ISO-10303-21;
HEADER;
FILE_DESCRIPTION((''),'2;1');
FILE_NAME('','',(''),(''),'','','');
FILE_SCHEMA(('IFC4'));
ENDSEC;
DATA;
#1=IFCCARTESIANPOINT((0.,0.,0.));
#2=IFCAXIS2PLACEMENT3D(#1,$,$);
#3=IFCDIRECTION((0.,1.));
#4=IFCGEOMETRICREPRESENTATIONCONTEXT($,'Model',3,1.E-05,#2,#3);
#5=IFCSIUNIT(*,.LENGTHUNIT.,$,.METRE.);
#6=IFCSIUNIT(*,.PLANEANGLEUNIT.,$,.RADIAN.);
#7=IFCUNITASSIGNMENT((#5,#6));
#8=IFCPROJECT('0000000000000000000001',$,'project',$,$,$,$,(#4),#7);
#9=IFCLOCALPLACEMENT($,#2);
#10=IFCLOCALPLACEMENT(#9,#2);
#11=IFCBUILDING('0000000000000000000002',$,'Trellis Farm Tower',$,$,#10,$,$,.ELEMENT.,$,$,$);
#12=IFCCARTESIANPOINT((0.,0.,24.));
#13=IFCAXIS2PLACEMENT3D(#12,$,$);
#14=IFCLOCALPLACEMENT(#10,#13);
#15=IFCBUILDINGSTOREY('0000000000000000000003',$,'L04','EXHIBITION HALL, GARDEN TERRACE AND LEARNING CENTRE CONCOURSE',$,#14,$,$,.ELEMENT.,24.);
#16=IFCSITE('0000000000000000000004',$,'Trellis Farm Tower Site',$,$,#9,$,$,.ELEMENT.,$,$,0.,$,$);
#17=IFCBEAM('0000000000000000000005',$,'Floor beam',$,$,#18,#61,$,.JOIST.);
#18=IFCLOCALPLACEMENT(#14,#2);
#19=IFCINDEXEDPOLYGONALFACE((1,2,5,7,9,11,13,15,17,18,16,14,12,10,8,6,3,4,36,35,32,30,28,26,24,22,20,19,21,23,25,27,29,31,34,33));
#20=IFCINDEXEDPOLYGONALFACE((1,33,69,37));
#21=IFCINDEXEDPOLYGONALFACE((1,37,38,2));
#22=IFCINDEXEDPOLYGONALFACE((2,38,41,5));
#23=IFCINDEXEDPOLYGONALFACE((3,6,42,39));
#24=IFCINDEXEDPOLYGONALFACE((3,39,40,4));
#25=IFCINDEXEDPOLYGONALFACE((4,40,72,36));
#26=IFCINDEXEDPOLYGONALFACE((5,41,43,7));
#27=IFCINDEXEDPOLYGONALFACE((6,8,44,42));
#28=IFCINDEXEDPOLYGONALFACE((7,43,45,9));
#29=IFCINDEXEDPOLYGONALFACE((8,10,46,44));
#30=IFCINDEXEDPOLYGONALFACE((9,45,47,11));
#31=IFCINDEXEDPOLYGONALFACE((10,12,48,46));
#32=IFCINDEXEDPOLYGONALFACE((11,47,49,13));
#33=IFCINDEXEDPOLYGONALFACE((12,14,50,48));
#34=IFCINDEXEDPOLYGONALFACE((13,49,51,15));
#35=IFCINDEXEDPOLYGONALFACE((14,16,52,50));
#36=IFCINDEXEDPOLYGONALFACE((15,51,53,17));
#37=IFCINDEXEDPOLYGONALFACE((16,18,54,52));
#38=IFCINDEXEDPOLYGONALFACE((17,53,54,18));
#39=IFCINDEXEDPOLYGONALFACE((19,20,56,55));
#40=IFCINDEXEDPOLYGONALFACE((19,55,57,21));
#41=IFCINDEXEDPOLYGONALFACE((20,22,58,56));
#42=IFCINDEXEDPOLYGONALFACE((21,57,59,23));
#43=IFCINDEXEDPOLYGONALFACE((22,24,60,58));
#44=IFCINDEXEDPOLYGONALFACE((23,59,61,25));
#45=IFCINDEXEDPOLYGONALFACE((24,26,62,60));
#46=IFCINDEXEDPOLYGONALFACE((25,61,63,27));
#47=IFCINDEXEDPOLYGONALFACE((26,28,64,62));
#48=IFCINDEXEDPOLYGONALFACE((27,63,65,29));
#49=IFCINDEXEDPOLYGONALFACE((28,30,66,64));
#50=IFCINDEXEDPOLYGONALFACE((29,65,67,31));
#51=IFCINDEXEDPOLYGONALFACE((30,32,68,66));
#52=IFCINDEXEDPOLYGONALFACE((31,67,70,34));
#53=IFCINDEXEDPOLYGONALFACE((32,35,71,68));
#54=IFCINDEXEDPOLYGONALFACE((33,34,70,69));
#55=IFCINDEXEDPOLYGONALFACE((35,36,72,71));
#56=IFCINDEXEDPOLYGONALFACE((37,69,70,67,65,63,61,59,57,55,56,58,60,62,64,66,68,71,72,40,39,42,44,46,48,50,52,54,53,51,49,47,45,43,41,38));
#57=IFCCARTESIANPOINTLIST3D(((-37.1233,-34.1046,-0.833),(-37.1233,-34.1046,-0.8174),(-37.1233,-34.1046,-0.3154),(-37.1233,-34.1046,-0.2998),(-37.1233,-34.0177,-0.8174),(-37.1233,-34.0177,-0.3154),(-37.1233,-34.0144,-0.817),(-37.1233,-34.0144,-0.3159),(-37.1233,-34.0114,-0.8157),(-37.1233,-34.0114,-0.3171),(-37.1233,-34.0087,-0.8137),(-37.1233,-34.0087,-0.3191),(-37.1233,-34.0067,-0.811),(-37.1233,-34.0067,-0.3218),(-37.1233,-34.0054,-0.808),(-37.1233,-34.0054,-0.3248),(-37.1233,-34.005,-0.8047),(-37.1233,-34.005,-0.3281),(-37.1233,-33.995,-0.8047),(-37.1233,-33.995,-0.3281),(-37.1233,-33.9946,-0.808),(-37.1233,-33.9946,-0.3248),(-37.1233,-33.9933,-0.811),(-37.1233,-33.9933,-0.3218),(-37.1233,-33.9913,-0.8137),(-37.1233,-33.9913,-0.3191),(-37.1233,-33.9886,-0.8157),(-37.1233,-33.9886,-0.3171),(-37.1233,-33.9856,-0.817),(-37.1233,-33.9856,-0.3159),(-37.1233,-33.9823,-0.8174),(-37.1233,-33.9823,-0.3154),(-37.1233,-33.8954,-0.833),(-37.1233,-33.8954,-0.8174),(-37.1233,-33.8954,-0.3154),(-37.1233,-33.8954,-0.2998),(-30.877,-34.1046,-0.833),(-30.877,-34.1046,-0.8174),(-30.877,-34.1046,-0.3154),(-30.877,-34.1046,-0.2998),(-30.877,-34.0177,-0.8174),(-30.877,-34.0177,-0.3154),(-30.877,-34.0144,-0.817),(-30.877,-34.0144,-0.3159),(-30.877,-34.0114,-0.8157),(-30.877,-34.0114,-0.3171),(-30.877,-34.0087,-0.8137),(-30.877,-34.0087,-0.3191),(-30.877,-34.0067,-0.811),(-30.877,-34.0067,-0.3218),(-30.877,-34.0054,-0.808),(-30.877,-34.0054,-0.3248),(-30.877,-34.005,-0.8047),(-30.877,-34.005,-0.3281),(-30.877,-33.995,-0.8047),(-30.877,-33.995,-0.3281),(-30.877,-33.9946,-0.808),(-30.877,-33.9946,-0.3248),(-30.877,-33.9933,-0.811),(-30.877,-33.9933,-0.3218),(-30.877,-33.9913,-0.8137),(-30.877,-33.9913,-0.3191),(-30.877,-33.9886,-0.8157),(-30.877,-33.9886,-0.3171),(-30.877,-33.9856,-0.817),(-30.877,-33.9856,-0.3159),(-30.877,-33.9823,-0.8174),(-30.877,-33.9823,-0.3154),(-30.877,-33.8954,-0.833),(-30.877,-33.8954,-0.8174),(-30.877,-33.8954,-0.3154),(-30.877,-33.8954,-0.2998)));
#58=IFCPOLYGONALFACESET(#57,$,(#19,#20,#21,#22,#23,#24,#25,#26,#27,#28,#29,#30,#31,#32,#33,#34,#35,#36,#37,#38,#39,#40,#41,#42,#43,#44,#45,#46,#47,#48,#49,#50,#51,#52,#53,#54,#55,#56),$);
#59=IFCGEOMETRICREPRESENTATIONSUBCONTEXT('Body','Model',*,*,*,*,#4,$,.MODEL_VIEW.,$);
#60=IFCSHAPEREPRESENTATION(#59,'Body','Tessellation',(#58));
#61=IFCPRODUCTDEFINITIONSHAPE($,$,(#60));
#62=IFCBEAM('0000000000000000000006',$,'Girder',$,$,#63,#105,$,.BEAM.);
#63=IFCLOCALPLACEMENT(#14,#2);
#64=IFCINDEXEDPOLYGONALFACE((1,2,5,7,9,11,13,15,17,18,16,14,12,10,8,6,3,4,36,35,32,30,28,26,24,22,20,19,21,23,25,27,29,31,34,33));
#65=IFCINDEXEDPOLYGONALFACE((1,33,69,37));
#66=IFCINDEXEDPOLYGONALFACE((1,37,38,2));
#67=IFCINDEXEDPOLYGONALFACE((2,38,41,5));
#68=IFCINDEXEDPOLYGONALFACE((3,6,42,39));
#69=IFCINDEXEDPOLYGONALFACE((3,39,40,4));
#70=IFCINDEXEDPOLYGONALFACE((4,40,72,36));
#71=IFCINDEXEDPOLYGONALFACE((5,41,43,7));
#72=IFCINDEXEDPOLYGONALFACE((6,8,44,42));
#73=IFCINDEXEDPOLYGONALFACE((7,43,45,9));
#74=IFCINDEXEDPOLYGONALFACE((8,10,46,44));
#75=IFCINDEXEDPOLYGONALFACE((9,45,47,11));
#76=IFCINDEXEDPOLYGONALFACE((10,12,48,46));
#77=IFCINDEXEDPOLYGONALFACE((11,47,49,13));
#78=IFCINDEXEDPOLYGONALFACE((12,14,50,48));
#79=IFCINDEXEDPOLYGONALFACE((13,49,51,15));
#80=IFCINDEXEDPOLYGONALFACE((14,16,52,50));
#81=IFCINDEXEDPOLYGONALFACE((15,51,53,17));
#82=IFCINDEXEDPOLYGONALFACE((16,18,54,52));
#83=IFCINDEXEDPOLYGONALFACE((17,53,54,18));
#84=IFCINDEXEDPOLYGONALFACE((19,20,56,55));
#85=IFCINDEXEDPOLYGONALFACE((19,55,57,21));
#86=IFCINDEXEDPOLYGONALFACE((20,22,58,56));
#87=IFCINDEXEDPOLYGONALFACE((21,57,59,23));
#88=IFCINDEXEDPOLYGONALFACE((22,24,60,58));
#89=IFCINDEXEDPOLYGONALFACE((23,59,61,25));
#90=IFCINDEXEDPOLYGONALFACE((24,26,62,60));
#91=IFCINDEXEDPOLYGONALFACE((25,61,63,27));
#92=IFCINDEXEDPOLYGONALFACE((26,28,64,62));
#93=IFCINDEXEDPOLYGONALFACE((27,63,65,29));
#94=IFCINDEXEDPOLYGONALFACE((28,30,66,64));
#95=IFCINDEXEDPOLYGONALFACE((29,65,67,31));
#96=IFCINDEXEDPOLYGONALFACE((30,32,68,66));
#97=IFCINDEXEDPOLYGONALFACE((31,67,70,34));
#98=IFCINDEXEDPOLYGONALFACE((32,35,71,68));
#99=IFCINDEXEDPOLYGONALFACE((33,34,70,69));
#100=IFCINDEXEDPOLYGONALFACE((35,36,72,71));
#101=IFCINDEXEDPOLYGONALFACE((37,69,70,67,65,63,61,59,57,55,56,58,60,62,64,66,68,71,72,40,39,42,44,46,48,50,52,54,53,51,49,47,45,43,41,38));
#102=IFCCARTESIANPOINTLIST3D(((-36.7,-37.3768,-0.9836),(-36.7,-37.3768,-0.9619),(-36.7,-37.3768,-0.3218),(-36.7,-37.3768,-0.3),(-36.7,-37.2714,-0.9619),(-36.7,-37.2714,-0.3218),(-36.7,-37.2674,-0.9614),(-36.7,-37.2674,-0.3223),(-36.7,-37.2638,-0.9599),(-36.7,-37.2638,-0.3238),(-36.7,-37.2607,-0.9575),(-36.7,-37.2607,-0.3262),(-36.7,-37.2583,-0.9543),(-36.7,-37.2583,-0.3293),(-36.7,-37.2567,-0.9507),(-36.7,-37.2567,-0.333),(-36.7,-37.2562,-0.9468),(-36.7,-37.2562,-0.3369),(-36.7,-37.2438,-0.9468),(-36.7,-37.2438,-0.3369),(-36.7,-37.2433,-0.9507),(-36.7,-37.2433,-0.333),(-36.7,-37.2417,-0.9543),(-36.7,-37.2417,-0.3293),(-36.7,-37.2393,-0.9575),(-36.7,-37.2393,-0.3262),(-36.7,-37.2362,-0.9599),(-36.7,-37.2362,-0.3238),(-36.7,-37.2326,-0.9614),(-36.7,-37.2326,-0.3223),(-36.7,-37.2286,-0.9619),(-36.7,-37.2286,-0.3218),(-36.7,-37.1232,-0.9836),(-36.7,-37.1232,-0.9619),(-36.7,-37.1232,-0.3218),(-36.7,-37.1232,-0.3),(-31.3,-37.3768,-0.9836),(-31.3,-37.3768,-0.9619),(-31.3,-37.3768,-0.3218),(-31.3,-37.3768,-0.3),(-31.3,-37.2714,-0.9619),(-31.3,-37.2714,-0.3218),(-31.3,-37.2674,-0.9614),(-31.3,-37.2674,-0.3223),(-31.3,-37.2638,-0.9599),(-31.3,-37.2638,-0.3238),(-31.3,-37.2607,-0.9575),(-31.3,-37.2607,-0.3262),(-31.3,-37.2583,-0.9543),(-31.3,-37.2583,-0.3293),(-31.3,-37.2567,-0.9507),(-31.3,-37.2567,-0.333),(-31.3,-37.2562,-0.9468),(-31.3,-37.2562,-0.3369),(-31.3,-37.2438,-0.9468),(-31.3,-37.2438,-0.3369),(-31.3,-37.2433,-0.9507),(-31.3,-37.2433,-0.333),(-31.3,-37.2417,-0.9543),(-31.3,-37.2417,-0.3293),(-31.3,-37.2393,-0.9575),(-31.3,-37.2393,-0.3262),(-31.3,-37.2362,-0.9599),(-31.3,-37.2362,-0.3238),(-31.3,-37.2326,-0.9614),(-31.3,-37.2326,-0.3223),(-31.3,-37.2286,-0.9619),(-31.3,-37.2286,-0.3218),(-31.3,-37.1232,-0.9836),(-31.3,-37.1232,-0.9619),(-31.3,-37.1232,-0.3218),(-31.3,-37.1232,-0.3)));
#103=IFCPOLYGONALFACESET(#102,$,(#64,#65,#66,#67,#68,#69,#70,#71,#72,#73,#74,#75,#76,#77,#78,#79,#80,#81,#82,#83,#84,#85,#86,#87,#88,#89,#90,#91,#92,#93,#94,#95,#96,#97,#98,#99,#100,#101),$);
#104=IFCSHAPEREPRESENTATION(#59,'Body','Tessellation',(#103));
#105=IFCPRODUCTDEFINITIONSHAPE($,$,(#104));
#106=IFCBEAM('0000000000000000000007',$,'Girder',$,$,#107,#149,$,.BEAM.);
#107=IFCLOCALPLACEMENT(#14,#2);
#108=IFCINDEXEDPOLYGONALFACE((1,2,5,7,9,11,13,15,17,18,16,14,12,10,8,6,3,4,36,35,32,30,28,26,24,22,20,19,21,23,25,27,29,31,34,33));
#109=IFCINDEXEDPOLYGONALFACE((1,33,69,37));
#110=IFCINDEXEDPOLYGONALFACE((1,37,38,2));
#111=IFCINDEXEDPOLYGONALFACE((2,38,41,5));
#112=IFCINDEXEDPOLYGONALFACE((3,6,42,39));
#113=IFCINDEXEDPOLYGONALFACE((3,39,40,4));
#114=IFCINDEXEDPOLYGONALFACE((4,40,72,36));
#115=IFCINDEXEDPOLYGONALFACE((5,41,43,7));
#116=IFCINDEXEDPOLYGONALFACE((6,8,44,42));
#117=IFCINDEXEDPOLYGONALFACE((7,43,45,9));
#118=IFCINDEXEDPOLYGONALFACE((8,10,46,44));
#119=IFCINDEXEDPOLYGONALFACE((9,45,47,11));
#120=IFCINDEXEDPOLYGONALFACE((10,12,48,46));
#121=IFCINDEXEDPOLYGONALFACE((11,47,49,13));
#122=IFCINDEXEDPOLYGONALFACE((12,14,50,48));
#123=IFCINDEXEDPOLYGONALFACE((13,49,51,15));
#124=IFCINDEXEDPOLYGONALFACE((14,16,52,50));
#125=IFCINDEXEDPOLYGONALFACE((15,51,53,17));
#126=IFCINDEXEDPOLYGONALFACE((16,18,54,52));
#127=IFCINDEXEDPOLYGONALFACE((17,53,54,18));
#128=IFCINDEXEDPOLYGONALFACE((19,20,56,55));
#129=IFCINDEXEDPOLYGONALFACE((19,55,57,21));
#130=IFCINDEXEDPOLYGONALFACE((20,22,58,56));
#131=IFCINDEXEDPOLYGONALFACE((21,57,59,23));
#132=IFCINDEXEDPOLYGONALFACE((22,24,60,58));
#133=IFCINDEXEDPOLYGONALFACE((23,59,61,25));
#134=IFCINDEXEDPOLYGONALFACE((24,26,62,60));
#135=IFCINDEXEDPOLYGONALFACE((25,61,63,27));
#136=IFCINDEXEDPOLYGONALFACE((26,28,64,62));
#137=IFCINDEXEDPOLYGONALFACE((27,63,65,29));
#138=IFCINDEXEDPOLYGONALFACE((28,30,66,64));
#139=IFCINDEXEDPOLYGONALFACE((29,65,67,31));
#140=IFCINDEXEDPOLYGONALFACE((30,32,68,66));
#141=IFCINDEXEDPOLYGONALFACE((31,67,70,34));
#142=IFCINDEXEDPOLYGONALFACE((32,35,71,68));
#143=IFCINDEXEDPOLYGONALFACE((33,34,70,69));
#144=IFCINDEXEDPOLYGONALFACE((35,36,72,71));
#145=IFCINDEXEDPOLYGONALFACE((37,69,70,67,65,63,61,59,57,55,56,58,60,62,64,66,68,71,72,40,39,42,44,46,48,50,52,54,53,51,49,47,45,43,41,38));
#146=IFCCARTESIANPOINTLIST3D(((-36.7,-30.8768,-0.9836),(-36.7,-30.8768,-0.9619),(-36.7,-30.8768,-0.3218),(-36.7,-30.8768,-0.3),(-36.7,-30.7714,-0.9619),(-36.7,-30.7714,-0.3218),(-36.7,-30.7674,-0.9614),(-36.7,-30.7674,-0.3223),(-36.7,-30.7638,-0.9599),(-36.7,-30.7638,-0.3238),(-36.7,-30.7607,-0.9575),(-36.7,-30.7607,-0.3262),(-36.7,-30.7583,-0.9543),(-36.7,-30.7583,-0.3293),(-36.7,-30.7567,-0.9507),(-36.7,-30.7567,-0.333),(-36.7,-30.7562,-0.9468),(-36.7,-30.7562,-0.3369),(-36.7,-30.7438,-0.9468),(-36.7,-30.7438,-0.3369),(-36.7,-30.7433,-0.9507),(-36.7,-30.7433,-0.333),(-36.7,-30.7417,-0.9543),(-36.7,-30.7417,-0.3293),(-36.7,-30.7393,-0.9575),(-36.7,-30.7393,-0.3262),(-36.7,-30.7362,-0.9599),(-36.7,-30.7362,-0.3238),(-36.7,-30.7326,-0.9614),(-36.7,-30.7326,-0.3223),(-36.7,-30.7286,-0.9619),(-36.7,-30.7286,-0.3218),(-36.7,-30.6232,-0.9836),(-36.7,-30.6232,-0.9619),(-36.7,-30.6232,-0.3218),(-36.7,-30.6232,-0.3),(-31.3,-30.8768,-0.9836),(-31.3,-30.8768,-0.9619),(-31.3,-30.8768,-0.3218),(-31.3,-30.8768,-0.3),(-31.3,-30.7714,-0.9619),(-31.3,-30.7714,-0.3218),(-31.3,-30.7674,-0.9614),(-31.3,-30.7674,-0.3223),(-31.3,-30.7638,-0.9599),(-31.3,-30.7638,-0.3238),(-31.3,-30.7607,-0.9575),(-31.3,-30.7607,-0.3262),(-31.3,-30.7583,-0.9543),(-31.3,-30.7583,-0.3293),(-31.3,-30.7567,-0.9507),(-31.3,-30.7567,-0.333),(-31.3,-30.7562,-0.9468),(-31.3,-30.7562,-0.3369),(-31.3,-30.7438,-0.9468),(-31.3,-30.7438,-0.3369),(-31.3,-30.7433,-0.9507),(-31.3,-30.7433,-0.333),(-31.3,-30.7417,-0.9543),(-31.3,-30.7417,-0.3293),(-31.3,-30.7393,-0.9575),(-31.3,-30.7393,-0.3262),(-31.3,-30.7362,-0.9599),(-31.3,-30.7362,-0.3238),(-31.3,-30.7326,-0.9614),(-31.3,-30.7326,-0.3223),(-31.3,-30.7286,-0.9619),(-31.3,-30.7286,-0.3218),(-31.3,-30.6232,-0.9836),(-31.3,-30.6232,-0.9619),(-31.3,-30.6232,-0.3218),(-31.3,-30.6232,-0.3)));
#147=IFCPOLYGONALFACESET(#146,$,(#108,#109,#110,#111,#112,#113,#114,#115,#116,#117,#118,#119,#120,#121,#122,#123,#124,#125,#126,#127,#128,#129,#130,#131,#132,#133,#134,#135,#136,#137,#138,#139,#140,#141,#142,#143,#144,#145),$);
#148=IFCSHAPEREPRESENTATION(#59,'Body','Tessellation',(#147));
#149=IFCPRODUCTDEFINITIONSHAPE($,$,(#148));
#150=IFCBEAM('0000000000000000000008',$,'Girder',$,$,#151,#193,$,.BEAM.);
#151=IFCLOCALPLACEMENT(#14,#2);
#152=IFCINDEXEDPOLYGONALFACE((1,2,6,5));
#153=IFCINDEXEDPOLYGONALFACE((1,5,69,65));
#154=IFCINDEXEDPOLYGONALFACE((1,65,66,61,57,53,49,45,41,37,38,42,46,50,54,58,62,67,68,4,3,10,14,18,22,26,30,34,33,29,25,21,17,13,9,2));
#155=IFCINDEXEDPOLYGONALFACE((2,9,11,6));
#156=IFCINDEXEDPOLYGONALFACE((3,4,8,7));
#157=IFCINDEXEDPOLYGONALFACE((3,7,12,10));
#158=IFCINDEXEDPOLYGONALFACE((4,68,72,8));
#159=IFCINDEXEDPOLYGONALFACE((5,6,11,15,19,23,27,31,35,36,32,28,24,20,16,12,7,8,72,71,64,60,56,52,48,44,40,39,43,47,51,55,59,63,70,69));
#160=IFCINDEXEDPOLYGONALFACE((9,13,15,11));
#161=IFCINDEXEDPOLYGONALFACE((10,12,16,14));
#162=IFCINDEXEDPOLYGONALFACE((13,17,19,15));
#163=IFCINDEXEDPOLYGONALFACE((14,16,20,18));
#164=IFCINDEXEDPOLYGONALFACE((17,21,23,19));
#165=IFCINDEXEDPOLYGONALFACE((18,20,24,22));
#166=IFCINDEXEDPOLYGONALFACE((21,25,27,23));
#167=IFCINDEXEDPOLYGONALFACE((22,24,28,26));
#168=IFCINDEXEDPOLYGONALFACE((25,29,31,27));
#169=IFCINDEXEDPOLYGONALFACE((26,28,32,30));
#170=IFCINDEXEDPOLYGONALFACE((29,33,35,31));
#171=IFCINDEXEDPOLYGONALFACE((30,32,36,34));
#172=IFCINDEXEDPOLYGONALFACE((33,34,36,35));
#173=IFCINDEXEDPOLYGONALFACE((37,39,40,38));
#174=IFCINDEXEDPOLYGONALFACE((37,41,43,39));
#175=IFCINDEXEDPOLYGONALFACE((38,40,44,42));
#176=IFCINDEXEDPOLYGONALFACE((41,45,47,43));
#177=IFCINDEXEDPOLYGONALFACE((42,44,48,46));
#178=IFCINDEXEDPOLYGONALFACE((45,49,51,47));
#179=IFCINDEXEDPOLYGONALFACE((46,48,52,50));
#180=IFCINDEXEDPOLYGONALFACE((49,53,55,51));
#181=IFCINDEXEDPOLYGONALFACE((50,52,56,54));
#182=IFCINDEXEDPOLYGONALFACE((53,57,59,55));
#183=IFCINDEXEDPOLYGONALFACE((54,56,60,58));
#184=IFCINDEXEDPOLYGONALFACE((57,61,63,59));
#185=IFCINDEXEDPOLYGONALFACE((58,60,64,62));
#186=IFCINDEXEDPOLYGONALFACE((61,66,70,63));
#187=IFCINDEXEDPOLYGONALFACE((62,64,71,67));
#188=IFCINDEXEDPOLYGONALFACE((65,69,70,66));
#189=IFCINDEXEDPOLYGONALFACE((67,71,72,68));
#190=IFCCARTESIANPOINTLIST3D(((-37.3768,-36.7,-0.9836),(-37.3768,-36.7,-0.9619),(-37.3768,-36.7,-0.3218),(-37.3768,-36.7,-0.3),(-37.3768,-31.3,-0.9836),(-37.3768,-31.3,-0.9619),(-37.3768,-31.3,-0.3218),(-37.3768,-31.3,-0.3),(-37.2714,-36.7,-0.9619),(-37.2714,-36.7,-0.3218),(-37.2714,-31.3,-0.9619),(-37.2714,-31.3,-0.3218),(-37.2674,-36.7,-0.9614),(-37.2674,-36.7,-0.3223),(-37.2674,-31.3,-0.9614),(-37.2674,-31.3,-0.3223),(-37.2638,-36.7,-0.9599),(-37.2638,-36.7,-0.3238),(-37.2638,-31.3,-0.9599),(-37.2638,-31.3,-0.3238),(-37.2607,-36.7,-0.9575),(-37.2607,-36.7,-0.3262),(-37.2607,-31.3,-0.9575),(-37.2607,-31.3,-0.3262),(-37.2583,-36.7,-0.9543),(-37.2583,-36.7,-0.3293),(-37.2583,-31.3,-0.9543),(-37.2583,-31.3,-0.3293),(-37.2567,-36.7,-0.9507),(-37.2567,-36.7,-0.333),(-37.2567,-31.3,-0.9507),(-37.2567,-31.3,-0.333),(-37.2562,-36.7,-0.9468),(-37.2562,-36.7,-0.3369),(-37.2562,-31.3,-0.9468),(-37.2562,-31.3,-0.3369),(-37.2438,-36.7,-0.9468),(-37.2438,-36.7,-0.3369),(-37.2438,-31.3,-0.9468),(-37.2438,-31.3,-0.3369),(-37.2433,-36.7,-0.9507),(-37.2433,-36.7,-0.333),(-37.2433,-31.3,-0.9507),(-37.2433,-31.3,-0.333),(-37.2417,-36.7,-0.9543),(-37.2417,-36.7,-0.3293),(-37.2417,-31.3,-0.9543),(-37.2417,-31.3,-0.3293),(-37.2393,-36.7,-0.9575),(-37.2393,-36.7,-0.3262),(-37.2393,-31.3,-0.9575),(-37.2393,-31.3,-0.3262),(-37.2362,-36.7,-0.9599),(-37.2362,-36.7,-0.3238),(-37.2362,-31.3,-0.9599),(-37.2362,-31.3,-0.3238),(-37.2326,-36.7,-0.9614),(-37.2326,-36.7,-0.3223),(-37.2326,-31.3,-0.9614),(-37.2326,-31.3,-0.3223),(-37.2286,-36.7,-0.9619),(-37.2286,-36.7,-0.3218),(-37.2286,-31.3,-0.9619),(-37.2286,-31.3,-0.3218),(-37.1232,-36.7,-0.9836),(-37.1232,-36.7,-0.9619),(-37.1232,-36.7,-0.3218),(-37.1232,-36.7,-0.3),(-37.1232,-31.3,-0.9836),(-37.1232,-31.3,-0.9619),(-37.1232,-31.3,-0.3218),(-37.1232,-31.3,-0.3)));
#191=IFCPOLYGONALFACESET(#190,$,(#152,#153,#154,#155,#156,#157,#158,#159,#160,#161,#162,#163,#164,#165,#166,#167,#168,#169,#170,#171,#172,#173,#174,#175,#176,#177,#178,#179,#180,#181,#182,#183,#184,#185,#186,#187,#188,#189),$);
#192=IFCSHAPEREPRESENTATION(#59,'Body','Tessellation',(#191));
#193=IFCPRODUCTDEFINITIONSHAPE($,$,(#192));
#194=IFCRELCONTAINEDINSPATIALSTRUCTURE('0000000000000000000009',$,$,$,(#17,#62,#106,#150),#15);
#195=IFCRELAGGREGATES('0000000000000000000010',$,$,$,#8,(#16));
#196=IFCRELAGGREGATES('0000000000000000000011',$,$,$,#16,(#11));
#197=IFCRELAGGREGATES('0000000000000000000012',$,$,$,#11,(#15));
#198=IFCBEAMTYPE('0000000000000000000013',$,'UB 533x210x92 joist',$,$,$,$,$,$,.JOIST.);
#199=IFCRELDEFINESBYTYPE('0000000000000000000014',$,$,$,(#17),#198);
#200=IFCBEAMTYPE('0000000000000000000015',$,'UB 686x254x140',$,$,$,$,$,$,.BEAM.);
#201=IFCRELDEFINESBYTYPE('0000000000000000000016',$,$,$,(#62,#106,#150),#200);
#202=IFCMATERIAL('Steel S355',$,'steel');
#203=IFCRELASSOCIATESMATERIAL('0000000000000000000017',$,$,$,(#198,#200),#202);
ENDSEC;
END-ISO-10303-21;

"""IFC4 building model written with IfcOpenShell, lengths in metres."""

from ifc_helpers import new_model, si_unit, direction, frame, origin, origin_2d, place, context, subcontext, project, spatial, i_section, extrude, source, transform, mapped, material, material_profile, profile_set, type_object, element, save


model = new_model("IFC4")

# Units and contexts
model_context = context("Model", 3, precision=1e-05, world=origin(), true_north=direction((0.0, 1.0)))
body_context = subcontext(model_context, "Body", "Model", "MODEL_VIEW")
ifc_project = project(units=[si_unit("LENGTHUNIT", "METRE"), si_unit("PLANEANGLEUNIT", "RADIAN")], contexts=[model_context])

# Site, building, storey
site_placement = place(None, origin())
site = spatial("IfcSite", under=ifc_project, at=site_placement, Name="Trellis Farm Tower Site", CompositionType="ELEMENT", RefElevation=0.0)
building_placement = place(site_placement, origin())
building = spatial("IfcBuilding", under=site, at=building_placement, Name="Trellis Farm Tower", CompositionType="ELEMENT")
storey_placement = place(building_placement, frame((0.0, 0.0, 24.0)))
storey = spatial("IfcBuildingStorey", under=building, at=storey_placement, Name="L04", Description="EXHIBITION HALL, GARDEN TERRACE AND LEARNING CENTRE CONCOURSE", CompositionType="ELEMENT", Elevation=24.0)

# Beams
ifc_material = material(Name="Steel S355", Category="steel")
ifc_material_profile_1 = material_profile(ifc_material, i_section(OverallWidth=0.2092, OverallDepth=0.5332, WebThickness=0.01, FlangeThickness=0.0156, FilletRadius=0.0127, at=origin_2d()), Name="UB 533x210x92")
ifc_profile_set_1 = profile_set([ifc_material_profile_1], Name="Steel S355")
beam_type_1 = type_object("IfcBeamType", Name="UB 533x210x92 joist", PredefinedType="JOIST", material=ifc_profile_set_1)
shared_shape_1 = source(origin(), body_context, "Body", "SweptSolid", [
    extrude(i_section(OverallWidth=0.2092, OverallDepth=0.5332, WebThickness=0.01, FlangeThickness=0.0156, FilletRadius=0.0127, at=origin_2d()), origin(), (0.0, 0.0, 1.0), 6.2463),
])
beam_placement = place(storey_placement, frame((-37.1233, -34.0, -0.5664), z_axis=(1.0, 0.0, 0.0), x_axis=(0.0, 1.0, 0.0)))
element("IfcBeam", 1, at=beam_placement, inside=storey, type_object=beam_type_1, Name="Floor beam", PredefinedType="JOIST", context=body_context, shape_type="MappedRepresentation", body=[
    mapped(shared_shape_1, transform((0.0, 0.0, 0.0))),
])
ifc_material_profile_2 = material_profile(ifc_material, i_section(OverallWidth=0.2537, OverallDepth=0.6836, WebThickness=0.0125, FlangeThickness=0.0217, FilletRadius=0.0151, at=origin_2d()), Name="UB 686x254x140")
ifc_profile_set_2 = profile_set([ifc_material_profile_2], Name="Steel S355")
beam_type_2 = type_object("IfcBeamType", Name="UB 686x254x140", PredefinedType="BEAM", material=ifc_profile_set_2)
shared_shape_2 = source(origin(), body_context, "Body", "SweptSolid", [
    extrude(i_section(OverallWidth=0.2537, OverallDepth=0.6836, WebThickness=0.0125, FlangeThickness=0.0217, FilletRadius=0.0151, at=origin_2d()), origin(), (0.0, 0.0, 1.0), 5.3999),
])
for number, where, z_axis, x_axis, name in (
    (2, (-36.7, -37.25, -0.6418), (1.0, 0.0, 0.0), (0.0, 1.0, 0.0), "Girder"),
    (3, (-36.7, -30.75, -0.6418), (1.0, 0.0, 0.0), (0.0, 1.0, 0.0), "Girder"),
    (4, (-37.25, -36.7, -0.6418), (0.0, 1.0, 0.0), (-1.0, 0.0, 0.0), "Girder"),
):
    element("IfcBeam", number, at=place(storey_placement, frame(where, z_axis=z_axis, x_axis=x_axis)), inside=storey, type_object=beam_type_2, Name=name, PredefinedType="BEAM", context=body_context, shape_type="MappedRepresentation", body=[
        mapped(shared_shape_2, transform((0.0, 0.0, 0.0))),
    ])

save(model, "model.ifc")
